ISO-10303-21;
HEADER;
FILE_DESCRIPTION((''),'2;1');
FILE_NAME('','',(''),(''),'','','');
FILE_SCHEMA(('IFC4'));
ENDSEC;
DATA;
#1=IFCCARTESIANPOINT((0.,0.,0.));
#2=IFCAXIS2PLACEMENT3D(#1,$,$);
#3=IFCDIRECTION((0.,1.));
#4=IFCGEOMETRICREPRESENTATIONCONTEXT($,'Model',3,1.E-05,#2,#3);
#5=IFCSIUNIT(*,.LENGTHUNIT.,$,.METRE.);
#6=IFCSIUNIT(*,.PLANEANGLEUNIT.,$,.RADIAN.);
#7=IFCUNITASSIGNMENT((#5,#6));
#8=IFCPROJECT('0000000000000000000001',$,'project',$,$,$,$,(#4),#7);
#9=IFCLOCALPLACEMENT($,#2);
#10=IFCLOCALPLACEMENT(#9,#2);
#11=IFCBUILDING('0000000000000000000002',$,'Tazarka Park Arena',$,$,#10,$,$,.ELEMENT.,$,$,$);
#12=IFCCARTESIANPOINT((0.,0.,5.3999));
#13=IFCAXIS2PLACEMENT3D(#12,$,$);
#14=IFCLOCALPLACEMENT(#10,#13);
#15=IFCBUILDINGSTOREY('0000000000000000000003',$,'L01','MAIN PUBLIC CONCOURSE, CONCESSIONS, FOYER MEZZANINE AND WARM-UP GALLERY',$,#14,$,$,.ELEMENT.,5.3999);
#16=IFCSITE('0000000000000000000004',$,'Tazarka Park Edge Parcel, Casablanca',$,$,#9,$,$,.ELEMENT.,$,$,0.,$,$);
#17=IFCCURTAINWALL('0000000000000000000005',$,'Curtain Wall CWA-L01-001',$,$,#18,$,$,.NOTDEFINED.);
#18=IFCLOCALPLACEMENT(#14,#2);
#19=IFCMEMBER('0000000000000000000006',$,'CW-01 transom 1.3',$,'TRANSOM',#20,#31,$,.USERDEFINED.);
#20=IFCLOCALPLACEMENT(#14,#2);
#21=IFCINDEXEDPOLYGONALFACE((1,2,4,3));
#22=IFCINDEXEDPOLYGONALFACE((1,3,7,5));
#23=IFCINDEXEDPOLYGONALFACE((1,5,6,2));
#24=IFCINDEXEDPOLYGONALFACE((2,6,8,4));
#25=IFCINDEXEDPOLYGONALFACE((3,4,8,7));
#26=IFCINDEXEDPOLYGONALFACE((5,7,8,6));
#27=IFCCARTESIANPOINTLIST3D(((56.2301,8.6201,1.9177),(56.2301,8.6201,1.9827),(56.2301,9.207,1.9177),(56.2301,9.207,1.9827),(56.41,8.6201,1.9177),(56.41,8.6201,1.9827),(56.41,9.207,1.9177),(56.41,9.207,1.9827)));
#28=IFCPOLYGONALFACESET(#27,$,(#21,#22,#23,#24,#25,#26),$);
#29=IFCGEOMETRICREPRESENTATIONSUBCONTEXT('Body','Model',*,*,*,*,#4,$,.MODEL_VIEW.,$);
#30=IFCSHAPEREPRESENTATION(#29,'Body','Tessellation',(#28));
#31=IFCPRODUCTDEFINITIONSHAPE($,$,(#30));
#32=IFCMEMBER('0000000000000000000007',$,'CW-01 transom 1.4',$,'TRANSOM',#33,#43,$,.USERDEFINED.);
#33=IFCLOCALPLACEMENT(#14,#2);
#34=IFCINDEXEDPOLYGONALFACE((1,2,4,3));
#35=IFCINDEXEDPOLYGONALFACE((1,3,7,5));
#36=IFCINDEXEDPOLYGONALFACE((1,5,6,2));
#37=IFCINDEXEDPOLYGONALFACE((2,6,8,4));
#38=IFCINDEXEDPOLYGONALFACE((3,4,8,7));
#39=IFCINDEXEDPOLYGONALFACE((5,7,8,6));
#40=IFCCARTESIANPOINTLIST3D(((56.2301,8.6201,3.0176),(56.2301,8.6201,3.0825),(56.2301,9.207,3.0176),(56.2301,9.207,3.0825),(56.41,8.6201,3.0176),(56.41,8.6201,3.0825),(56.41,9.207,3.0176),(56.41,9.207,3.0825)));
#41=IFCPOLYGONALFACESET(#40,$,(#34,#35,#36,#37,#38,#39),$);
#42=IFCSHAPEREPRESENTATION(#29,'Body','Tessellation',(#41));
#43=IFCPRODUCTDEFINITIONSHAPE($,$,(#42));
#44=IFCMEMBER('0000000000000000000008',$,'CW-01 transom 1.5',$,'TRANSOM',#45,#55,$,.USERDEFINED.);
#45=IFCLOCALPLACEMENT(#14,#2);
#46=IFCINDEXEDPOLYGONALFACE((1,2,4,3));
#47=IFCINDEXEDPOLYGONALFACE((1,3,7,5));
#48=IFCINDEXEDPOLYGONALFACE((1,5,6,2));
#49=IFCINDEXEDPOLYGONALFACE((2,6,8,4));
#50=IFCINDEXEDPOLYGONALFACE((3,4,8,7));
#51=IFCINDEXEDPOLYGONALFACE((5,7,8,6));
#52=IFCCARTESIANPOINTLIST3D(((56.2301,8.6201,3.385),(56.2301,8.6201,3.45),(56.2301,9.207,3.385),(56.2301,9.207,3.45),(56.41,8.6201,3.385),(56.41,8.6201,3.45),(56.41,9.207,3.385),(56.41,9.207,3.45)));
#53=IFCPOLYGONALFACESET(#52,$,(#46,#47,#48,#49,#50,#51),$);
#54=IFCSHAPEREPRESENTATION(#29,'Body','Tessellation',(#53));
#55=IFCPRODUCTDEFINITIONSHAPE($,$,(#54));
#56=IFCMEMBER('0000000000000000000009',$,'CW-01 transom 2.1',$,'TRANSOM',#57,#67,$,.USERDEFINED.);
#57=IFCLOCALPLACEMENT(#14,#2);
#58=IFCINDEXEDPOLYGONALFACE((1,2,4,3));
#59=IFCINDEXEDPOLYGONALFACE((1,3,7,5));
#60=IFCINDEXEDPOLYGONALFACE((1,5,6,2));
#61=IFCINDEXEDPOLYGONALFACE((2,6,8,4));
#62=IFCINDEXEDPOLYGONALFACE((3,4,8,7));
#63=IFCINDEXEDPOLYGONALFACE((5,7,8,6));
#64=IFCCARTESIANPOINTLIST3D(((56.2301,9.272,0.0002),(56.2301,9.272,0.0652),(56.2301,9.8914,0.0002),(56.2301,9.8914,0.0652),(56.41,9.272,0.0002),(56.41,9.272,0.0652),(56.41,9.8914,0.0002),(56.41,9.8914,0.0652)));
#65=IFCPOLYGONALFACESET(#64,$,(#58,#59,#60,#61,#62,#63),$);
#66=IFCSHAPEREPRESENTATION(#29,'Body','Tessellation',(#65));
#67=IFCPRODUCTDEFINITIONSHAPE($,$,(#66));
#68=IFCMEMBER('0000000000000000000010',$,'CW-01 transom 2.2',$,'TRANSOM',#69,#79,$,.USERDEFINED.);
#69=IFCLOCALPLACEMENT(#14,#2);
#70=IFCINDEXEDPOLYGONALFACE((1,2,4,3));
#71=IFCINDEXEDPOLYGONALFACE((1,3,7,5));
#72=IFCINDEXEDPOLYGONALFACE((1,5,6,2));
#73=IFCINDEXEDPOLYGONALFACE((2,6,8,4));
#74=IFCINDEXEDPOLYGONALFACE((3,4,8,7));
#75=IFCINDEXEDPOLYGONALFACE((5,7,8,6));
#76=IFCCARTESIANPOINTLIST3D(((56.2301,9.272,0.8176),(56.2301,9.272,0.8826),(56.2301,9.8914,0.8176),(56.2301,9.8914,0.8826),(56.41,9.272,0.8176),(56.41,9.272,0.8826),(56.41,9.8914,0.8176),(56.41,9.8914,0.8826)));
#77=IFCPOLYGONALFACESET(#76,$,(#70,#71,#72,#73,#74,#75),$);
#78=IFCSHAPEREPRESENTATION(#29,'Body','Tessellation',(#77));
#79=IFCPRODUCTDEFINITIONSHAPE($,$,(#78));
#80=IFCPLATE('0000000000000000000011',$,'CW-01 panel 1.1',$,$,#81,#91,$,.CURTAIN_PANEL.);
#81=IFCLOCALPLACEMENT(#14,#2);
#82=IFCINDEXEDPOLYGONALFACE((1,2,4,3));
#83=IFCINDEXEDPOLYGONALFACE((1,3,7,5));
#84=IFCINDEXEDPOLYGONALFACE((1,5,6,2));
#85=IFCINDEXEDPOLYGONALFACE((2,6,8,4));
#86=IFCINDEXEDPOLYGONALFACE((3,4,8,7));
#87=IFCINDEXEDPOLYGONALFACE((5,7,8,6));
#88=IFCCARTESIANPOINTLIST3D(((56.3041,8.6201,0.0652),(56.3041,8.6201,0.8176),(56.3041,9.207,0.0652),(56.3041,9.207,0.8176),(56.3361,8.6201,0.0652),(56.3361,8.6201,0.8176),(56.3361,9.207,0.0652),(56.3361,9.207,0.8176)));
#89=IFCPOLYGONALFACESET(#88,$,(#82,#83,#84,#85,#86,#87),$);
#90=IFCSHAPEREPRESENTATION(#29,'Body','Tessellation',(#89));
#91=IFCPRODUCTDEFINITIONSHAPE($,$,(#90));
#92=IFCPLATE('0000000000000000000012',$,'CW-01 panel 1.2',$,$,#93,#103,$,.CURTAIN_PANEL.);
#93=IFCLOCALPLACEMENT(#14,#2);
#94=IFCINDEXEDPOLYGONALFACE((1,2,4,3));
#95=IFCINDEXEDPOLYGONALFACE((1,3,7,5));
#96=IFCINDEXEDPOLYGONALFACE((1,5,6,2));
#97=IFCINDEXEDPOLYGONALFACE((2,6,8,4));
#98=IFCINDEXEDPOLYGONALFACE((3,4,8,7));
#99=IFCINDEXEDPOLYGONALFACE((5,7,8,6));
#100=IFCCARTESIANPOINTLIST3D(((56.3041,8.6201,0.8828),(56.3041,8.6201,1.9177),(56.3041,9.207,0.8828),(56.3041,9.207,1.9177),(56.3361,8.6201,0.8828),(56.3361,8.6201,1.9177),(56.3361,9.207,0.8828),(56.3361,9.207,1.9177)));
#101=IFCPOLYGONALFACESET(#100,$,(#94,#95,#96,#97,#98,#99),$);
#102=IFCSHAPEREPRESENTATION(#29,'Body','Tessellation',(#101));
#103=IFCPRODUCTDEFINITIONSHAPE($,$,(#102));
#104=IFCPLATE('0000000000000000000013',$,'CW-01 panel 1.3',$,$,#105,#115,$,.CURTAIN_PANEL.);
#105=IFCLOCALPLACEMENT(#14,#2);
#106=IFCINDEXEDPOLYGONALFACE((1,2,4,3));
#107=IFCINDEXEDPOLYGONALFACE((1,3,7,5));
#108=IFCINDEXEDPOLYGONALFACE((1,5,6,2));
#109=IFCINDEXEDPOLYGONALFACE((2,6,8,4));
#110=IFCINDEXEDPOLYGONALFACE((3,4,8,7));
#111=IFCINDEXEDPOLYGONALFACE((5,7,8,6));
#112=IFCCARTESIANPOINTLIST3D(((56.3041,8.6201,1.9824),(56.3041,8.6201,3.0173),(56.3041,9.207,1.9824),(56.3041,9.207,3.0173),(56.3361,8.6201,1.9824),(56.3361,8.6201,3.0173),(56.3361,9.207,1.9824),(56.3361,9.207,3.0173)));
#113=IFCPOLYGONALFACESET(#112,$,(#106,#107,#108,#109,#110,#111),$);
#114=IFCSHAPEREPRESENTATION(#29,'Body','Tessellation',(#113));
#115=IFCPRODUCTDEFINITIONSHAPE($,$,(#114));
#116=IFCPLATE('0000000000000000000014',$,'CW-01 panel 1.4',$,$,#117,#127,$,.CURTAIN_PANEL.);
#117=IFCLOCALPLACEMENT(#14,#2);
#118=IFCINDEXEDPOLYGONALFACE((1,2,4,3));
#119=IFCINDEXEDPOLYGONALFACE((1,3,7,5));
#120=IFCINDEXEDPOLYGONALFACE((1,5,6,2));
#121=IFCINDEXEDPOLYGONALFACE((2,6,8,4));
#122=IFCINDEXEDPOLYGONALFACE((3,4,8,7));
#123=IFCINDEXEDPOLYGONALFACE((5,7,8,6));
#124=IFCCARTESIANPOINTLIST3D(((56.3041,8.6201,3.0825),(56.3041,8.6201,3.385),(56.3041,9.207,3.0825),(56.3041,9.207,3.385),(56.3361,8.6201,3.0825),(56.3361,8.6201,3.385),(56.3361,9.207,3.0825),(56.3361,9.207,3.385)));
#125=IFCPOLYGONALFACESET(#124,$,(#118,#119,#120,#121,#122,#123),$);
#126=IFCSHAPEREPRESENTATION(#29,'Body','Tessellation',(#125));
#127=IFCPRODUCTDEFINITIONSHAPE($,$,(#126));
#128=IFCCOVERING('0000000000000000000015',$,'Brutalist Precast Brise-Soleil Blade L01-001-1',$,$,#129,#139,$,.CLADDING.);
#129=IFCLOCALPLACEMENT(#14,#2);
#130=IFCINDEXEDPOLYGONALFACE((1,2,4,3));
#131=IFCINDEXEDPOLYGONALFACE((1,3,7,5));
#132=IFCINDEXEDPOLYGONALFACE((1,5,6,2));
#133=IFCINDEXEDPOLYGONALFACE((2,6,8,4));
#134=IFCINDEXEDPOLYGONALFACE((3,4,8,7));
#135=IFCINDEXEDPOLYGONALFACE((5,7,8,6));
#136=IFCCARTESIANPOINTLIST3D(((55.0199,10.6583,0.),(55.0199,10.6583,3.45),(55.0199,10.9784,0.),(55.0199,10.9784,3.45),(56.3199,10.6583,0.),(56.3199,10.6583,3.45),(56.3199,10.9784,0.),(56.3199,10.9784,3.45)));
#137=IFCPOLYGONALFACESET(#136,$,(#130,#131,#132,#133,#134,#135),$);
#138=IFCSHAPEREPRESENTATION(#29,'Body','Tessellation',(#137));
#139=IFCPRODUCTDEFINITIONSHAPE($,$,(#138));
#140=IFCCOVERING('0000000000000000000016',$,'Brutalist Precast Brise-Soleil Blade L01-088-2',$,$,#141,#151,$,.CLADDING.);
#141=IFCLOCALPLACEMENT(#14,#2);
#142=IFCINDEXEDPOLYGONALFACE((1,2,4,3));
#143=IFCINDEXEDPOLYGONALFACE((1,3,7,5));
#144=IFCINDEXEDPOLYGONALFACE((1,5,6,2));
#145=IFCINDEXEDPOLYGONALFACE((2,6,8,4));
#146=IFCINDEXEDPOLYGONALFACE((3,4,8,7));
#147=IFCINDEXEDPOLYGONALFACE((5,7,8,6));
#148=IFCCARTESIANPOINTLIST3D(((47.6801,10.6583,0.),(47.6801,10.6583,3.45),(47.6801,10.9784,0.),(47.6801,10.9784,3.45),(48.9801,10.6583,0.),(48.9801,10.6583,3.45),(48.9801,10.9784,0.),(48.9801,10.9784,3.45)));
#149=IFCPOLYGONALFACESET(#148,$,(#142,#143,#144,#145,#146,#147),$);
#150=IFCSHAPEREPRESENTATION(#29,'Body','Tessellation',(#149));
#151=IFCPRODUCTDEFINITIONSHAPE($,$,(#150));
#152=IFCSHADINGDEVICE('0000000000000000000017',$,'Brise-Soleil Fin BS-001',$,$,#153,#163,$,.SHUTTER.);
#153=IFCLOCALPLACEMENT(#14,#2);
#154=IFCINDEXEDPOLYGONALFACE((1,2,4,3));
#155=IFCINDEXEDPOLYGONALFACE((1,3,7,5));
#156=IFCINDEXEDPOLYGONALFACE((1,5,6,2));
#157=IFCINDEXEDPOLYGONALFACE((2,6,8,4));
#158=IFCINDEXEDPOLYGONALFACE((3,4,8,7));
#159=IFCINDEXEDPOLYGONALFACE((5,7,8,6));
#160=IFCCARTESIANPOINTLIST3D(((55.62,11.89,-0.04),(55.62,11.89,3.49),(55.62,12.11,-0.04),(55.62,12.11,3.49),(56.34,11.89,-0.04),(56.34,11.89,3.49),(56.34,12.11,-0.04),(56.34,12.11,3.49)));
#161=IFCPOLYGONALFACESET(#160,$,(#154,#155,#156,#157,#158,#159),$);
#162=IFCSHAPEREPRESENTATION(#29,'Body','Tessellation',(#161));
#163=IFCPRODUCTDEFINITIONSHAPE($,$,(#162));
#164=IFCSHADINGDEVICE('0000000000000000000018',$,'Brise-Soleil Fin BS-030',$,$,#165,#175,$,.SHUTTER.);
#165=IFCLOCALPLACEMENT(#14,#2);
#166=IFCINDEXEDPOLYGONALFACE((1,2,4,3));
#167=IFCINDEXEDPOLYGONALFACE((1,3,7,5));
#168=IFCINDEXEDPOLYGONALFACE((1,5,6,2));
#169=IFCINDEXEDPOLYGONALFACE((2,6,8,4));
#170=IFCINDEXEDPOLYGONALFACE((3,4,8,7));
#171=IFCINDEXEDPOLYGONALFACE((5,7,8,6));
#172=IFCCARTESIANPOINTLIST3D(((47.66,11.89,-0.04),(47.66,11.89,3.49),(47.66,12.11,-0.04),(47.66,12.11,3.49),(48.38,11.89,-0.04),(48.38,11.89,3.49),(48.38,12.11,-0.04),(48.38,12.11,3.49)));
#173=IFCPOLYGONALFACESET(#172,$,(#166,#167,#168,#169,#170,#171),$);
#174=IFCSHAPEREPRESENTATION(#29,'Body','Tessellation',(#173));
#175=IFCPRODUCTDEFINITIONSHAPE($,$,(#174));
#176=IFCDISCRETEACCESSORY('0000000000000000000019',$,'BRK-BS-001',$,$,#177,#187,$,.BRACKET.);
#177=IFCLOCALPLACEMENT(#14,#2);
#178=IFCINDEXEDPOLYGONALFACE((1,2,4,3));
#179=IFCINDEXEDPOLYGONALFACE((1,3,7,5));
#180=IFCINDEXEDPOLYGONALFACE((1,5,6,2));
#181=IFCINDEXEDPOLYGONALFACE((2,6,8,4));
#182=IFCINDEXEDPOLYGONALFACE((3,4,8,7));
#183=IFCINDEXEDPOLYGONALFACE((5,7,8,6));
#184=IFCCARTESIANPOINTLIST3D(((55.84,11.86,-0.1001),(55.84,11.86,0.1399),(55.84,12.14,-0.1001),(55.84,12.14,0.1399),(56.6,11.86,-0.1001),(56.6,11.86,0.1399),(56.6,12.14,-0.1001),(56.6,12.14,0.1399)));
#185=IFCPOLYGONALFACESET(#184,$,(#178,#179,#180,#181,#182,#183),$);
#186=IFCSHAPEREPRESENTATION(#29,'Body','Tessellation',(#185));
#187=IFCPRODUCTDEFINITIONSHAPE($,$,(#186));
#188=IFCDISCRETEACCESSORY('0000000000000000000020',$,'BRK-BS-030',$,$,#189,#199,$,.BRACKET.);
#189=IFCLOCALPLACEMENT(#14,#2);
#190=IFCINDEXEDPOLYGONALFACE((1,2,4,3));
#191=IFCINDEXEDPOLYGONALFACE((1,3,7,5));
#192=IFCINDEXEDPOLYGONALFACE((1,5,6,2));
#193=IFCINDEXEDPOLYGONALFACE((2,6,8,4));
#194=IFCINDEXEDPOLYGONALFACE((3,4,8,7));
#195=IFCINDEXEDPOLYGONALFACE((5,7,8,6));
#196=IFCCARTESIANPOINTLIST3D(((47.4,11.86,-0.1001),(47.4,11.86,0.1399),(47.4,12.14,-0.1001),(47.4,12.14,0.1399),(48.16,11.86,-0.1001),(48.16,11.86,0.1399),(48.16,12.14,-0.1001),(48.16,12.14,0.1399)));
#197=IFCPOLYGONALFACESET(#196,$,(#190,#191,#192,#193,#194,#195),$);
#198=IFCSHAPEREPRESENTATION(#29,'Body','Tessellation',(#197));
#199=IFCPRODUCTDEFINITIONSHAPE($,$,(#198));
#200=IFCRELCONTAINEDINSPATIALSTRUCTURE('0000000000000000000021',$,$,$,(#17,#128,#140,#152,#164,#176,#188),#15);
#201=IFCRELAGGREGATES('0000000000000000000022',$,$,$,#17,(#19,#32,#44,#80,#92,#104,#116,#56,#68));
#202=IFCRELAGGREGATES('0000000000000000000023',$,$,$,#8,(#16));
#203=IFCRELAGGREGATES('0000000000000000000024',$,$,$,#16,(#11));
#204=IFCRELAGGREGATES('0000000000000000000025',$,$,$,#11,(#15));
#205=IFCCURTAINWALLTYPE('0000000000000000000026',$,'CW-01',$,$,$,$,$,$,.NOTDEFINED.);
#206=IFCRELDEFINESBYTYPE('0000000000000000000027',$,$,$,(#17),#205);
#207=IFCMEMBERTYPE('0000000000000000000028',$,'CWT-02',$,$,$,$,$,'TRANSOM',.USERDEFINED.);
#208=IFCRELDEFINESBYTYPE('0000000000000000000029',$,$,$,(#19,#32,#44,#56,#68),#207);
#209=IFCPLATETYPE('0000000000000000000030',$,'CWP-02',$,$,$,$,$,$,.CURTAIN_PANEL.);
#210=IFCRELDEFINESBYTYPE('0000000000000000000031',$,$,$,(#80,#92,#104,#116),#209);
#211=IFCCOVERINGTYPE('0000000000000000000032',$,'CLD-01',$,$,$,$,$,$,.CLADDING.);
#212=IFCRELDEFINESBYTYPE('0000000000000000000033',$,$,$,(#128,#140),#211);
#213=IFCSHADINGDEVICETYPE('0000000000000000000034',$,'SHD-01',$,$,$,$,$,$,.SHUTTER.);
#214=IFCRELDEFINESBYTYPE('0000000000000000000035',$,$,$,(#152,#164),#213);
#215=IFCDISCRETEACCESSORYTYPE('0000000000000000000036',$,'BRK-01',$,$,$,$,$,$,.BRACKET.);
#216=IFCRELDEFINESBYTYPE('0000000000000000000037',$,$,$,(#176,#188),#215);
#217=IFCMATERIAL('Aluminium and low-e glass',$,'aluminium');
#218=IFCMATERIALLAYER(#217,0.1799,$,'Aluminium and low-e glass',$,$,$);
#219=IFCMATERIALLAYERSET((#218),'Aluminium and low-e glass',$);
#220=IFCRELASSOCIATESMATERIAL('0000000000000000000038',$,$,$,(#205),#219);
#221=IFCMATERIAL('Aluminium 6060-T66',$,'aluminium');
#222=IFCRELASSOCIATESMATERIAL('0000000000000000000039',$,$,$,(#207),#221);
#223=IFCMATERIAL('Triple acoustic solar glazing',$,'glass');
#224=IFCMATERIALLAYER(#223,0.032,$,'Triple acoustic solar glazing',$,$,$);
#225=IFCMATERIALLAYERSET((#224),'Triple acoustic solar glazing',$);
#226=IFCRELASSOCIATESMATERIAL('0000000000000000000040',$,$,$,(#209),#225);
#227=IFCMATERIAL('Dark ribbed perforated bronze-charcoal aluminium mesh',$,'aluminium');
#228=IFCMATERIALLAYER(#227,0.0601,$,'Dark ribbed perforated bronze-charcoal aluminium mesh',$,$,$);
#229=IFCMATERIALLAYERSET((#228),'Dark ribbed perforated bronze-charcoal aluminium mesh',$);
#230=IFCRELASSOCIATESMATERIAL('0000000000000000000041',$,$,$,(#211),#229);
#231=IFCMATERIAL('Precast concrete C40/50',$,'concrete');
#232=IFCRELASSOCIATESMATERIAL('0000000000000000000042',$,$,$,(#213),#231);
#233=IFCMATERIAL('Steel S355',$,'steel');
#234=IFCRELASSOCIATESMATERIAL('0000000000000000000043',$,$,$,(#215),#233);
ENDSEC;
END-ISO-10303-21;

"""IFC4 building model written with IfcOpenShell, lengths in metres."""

from ifc_helpers import new_model, si_unit, direction, frame, origin, origin_2d, place, context, subcontext, project, spatial, rectangle, extrude, material, layer, layer_set, material_profile, profile_set, type_object, element, aggregate, save


model = new_model("IFC4")

# Units and contexts
model_context = context("Model", 3, precision=1e-05, world=origin(), true_north=direction((0.0, 1.0)))
body_context = subcontext(model_context, "Body", "Model", "MODEL_VIEW")
ifc_project = project(units=[si_unit("LENGTHUNIT", "METRE"), si_unit("PLANEANGLEUNIT", "RADIAN")], contexts=[model_context])

# Site, building, storey
site_placement = place(None, origin())
site = spatial("IfcSite", under=ifc_project, at=site_placement, Name="Tazarka Park Edge Parcel, Casablanca", CompositionType="ELEMENT", RefElevation=0.0)
building_placement = place(site_placement, origin())
building = spatial("IfcBuilding", under=site, at=building_placement, Name="Tazarka Park Arena", CompositionType="ELEMENT")
storey_placement = place(building_placement, frame((0.0, 0.0, 5.3999)))
storey = spatial("IfcBuildingStorey", under=building, at=storey_placement, Name="L01", Description="MAIN PUBLIC CONCOURSE, CONCESSIONS, FOYER MEZZANINE AND WARM-UP GALLERY", CompositionType="ELEMENT", Elevation=5.3999)

# Curtain wall, members, plates
ifc_material_1 = material(Name="Aluminium and low-e glass", Category="aluminium")
ifc_layer_1 = layer(ifc_material_1, 0.1799, Name="Aluminium and low-e glass")
ifc_layer_set_1 = layer_set([ifc_layer_1], Name="Aluminium and low-e glass")
curtain_wall_type = type_object("IfcCurtainWallType", Name="CW-01", PredefinedType="NOTDEFINED", material=ifc_layer_set_1)
curtain_wall_placement = place(storey_placement, origin())
curtain_wall = element("IfcCurtainWall", 1, at=curtain_wall_placement, inside=storey, type_object=curtain_wall_type, Name="Curtain Wall CWA-L01-001", PredefinedType="NOTDEFINED")
ifc_material_2 = material(Name="Aluminium 6060-T66", Category="aluminium")
ifc_material_profile_1 = material_profile(ifc_material_2, rectangle(XDim=0.1799, YDim=0.0649, at=origin_2d()), Name="Aluminium 6060-T66")
ifc_profile_set_1 = profile_set([ifc_material_profile_1], Name="Aluminium 6060-T66")
member_type_1 = type_object("IfcMemberType", Name="CWT-02", ElementType="TRANSOM", PredefinedType="USERDEFINED", material=ifc_profile_set_1)
member_1_placement = place(storey_placement, frame((56.3201, 8.6201, 1.9502), z_axis=(0.0, 1.0, 0.0), x_axis=(-1.0, 0.0, 0.0)))
member_1 = element("IfcMember", 2, at=member_1_placement, type_object=member_type_1, Name="CW-01 transom 1.3", ObjectType="TRANSOM", PredefinedType="USERDEFINED", context=body_context, shape_type="SweptSolid", body=[
    extrude(rectangle(XDim=0.1799, YDim=0.0649, at=origin_2d()), origin(), (0.0, 0.0, 1.0), 0.5869),
])
member_2_placement = place(storey_placement, frame((56.3201, 8.6201, 3.05), z_axis=(0.0, 1.0, 0.0), x_axis=(-1.0, 0.0, 0.0)))
member_2 = element("IfcMember", 3, at=member_2_placement, type_object=member_type_1, Name="CW-01 transom 1.4", ObjectType="TRANSOM", PredefinedType="USERDEFINED", context=body_context, shape_type="SweptSolid", body=[
    extrude(rectangle(XDim=0.1799, YDim=0.0649, at=origin_2d()), origin(), (0.0, 0.0, 1.0), 0.5869),
])
member_3_placement = place(storey_placement, frame((56.3201, 8.6201, 3.4175), z_axis=(0.0, 1.0, 0.0), x_axis=(-1.0, 0.0, 0.0)))
member_3 = element("IfcMember", 4, at=member_3_placement, type_object=member_type_1, Name="CW-01 transom 1.5", ObjectType="TRANSOM", PredefinedType="USERDEFINED", context=body_context, shape_type="SweptSolid", body=[
    extrude(rectangle(XDim=0.1799, YDim=0.0649, at=origin_2d()), origin(), (0.0, 0.0, 1.0), 0.5869),
])
member_4_placement = place(storey_placement, frame((56.3201, 9.272, 0.0327), z_axis=(0.0, 1.0, 0.0), x_axis=(-1.0, 0.0, 0.0)))
member_4 = element("IfcMember", 5, at=member_4_placement, type_object=member_type_1, Name="CW-01 transom 2.1", ObjectType="TRANSOM", PredefinedType="USERDEFINED", context=body_context, shape_type="SweptSolid", body=[
    extrude(rectangle(XDim=0.1799, YDim=0.0649, at=origin_2d()), origin(), (0.0, 0.0, 1.0), 0.6194),
])
member_5_placement = place(storey_placement, frame((56.3201, 9.272, 0.8501), z_axis=(0.0, 1.0, 0.0), x_axis=(-1.0, 0.0, 0.0)))
member_5 = element("IfcMember", 6, at=member_5_placement, type_object=member_type_1, Name="CW-01 transom 2.2", ObjectType="TRANSOM", PredefinedType="USERDEFINED", context=body_context, shape_type="SweptSolid", body=[
    extrude(rectangle(XDim=0.1799, YDim=0.0649, at=origin_2d()), origin(), (0.0, 0.0, 1.0), 0.6194),
])
ifc_material_3 = material(Name="Triple acoustic solar glazing", Category="glass")
ifc_layer_2 = layer(ifc_material_3, 0.032, Name="Triple acoustic solar glazing")
ifc_layer_set_2 = layer_set([ifc_layer_2], Name="Triple acoustic solar glazing")
plate_type = type_object("IfcPlateType", Name="CWP-02", PredefinedType="CURTAIN_PANEL", material=ifc_layer_set_2)
plate_1_placement = place(storey_placement, frame((56.3201, 8.9136, 0.0652), z_axis=(0.0, 0.0, 1.0), x_axis=(0.0, 1.0, 0.0)))
plate_1 = element("IfcPlate", 7, at=plate_1_placement, type_object=plate_type, Name="CW-01 panel 1.1", PredefinedType="CURTAIN_PANEL", context=body_context, shape_type="SweptSolid", body=[
    extrude(rectangle(XDim=0.5869, YDim=0.032, at=origin_2d()), origin(), (0.0, 0.0, 1.0), 0.7524),
])
plate_2_placement = place(storey_placement, frame((56.3201, 8.9136, 0.8828), z_axis=(0.0, 0.0, 1.0), x_axis=(0.0, 1.0, 0.0)))
plate_2 = element("IfcPlate", 8, at=plate_2_placement, type_object=plate_type, Name="CW-01 panel 1.2", PredefinedType="CURTAIN_PANEL", context=body_context, shape_type="SweptSolid", body=[
    extrude(rectangle(XDim=0.5869, YDim=0.032, at=origin_2d()), origin(), (0.0, 0.0, 1.0), 1.0349),
])
plate_3_placement = place(storey_placement, frame((56.3201, 8.9136, 1.9824), z_axis=(0.0, 0.0, 1.0), x_axis=(0.0, 1.0, 0.0)))
plate_3 = element("IfcPlate", 9, at=plate_3_placement, type_object=plate_type, Name="CW-01 panel 1.3", PredefinedType="CURTAIN_PANEL", context=body_context, shape_type="SweptSolid", body=[
    extrude(rectangle(XDim=0.5869, YDim=0.032, at=origin_2d()), origin(), (0.0, 0.0, 1.0), 1.0349),
])
plate_4_placement = place(storey_placement, frame((56.3201, 8.9136, 3.0825), z_axis=(0.0, 0.0, 1.0), x_axis=(0.0, 1.0, 0.0)))
plate_4 = element("IfcPlate", 10, at=plate_4_placement, type_object=plate_type, Name="CW-01 panel 1.4", PredefinedType="CURTAIN_PANEL", context=body_context, shape_type="SweptSolid", body=[
    extrude(rectangle(XDim=0.5869, YDim=0.032, at=origin_2d()), origin(), (0.0, 0.0, 1.0), 0.3025),
])
aggregate(curtain_wall, [member_1, member_2, member_3, plate_1, plate_2, plate_3, plate_4, member_4, member_5])

# Coverings
ifc_material_4 = material(Name="Dark ribbed perforated bronze-charcoal aluminium mesh", Category="aluminium")
ifc_layer_3 = layer(ifc_material_4, 0.0601, Name="Dark ribbed perforated bronze-charcoal aluminium mesh")
ifc_layer_set_3 = layer_set([ifc_layer_3], Name="Dark ribbed perforated bronze-charcoal aluminium mesh")
covering_type = type_object("IfcCoveringType", Name="CLD-01", PredefinedType="CLADDING", material=ifc_layer_set_3)
for number, where, z_axis, x_axis, name in (
    (11, (55.6699, 10.8184, 0.0), (0.0, 0.0, 1.0), (0.0, 1.0, 0.0), "Brutalist Precast Brise-Soleil Blade L01-001-1"),
    (12, (48.3301, 10.8184, 0.0), (0.0, 0.0, 1.0), (0.0, -1.0, 0.0), "Brutalist Precast Brise-Soleil Blade L01-088-2"),
):
    element("IfcCovering", number, at=place(storey_placement, frame(where, z_axis=z_axis, x_axis=x_axis)), inside=storey, type_object=covering_type, Name=name, PredefinedType="CLADDING", context=body_context, shape_type="SweptSolid", body=[
        extrude(rectangle(XDim=0.3201, YDim=1.3, at=origin_2d()), origin(), (0.0, 0.0, 1.0), 3.45),
    ])

# Shading devices
ifc_material_5 = material(Name="Precast concrete C40/50", Category="concrete")
shading_device_type = type_object("IfcShadingDeviceType", Name="SHD-01", PredefinedType="SHUTTER", material=ifc_material_5)
for number, where, z_axis, x_axis, name in (
    (13, (55.98, 12.0, -0.04), (0.0, 0.0, 1.0), (0.0, 1.0, 0.0), "Brise-Soleil Fin BS-001"),
    (14, (48.02, 12.0, -0.04), (0.0, 0.0, 1.0), (0.0, -1.0, 0.0), "Brise-Soleil Fin BS-030"),
):
    element("IfcShadingDevice", number, at=place(storey_placement, frame(where, z_axis=z_axis, x_axis=x_axis)), inside=storey, type_object=shading_device_type, Name=name, PredefinedType="SHUTTER", context=body_context, shape_type="SweptSolid", body=[
        extrude(rectangle(XDim=0.22, YDim=0.72, at=origin_2d()), origin(), (0.0, 0.0, 1.0), 3.53),
    ])

# Discrete accessories
ifc_material_6 = material(Name="Steel S355", Category="steel")
discrete_accessory_type = type_object("IfcDiscreteAccessoryType", Name="BRK-01", PredefinedType="BRACKET", material=ifc_material_6)
for number, where, z_axis, x_axis, name in (
    (15, (56.22, 12.0, -0.1001), (0.0, 0.0, 1.0), (0.0, 1.0, 0.0), "BRK-BS-001"),
    (16, (47.78, 12.0, -0.1001), (0.0, 0.0, 1.0), (0.0, -1.0, 0.0), "BRK-BS-030"),
):
    element("IfcDiscreteAccessory", number, at=place(storey_placement, frame(where, z_axis=z_axis, x_axis=x_axis)), inside=storey, type_object=discrete_accessory_type, Name=name, PredefinedType="BRACKET", context=body_context, shape_type="SweptSolid", body=[
        extrude(rectangle(XDim=0.28, YDim=0.76, at=origin_2d()), origin(), (0.0, 0.0, 1.0), 0.24),
    ])

save(model, "model.ifc")
